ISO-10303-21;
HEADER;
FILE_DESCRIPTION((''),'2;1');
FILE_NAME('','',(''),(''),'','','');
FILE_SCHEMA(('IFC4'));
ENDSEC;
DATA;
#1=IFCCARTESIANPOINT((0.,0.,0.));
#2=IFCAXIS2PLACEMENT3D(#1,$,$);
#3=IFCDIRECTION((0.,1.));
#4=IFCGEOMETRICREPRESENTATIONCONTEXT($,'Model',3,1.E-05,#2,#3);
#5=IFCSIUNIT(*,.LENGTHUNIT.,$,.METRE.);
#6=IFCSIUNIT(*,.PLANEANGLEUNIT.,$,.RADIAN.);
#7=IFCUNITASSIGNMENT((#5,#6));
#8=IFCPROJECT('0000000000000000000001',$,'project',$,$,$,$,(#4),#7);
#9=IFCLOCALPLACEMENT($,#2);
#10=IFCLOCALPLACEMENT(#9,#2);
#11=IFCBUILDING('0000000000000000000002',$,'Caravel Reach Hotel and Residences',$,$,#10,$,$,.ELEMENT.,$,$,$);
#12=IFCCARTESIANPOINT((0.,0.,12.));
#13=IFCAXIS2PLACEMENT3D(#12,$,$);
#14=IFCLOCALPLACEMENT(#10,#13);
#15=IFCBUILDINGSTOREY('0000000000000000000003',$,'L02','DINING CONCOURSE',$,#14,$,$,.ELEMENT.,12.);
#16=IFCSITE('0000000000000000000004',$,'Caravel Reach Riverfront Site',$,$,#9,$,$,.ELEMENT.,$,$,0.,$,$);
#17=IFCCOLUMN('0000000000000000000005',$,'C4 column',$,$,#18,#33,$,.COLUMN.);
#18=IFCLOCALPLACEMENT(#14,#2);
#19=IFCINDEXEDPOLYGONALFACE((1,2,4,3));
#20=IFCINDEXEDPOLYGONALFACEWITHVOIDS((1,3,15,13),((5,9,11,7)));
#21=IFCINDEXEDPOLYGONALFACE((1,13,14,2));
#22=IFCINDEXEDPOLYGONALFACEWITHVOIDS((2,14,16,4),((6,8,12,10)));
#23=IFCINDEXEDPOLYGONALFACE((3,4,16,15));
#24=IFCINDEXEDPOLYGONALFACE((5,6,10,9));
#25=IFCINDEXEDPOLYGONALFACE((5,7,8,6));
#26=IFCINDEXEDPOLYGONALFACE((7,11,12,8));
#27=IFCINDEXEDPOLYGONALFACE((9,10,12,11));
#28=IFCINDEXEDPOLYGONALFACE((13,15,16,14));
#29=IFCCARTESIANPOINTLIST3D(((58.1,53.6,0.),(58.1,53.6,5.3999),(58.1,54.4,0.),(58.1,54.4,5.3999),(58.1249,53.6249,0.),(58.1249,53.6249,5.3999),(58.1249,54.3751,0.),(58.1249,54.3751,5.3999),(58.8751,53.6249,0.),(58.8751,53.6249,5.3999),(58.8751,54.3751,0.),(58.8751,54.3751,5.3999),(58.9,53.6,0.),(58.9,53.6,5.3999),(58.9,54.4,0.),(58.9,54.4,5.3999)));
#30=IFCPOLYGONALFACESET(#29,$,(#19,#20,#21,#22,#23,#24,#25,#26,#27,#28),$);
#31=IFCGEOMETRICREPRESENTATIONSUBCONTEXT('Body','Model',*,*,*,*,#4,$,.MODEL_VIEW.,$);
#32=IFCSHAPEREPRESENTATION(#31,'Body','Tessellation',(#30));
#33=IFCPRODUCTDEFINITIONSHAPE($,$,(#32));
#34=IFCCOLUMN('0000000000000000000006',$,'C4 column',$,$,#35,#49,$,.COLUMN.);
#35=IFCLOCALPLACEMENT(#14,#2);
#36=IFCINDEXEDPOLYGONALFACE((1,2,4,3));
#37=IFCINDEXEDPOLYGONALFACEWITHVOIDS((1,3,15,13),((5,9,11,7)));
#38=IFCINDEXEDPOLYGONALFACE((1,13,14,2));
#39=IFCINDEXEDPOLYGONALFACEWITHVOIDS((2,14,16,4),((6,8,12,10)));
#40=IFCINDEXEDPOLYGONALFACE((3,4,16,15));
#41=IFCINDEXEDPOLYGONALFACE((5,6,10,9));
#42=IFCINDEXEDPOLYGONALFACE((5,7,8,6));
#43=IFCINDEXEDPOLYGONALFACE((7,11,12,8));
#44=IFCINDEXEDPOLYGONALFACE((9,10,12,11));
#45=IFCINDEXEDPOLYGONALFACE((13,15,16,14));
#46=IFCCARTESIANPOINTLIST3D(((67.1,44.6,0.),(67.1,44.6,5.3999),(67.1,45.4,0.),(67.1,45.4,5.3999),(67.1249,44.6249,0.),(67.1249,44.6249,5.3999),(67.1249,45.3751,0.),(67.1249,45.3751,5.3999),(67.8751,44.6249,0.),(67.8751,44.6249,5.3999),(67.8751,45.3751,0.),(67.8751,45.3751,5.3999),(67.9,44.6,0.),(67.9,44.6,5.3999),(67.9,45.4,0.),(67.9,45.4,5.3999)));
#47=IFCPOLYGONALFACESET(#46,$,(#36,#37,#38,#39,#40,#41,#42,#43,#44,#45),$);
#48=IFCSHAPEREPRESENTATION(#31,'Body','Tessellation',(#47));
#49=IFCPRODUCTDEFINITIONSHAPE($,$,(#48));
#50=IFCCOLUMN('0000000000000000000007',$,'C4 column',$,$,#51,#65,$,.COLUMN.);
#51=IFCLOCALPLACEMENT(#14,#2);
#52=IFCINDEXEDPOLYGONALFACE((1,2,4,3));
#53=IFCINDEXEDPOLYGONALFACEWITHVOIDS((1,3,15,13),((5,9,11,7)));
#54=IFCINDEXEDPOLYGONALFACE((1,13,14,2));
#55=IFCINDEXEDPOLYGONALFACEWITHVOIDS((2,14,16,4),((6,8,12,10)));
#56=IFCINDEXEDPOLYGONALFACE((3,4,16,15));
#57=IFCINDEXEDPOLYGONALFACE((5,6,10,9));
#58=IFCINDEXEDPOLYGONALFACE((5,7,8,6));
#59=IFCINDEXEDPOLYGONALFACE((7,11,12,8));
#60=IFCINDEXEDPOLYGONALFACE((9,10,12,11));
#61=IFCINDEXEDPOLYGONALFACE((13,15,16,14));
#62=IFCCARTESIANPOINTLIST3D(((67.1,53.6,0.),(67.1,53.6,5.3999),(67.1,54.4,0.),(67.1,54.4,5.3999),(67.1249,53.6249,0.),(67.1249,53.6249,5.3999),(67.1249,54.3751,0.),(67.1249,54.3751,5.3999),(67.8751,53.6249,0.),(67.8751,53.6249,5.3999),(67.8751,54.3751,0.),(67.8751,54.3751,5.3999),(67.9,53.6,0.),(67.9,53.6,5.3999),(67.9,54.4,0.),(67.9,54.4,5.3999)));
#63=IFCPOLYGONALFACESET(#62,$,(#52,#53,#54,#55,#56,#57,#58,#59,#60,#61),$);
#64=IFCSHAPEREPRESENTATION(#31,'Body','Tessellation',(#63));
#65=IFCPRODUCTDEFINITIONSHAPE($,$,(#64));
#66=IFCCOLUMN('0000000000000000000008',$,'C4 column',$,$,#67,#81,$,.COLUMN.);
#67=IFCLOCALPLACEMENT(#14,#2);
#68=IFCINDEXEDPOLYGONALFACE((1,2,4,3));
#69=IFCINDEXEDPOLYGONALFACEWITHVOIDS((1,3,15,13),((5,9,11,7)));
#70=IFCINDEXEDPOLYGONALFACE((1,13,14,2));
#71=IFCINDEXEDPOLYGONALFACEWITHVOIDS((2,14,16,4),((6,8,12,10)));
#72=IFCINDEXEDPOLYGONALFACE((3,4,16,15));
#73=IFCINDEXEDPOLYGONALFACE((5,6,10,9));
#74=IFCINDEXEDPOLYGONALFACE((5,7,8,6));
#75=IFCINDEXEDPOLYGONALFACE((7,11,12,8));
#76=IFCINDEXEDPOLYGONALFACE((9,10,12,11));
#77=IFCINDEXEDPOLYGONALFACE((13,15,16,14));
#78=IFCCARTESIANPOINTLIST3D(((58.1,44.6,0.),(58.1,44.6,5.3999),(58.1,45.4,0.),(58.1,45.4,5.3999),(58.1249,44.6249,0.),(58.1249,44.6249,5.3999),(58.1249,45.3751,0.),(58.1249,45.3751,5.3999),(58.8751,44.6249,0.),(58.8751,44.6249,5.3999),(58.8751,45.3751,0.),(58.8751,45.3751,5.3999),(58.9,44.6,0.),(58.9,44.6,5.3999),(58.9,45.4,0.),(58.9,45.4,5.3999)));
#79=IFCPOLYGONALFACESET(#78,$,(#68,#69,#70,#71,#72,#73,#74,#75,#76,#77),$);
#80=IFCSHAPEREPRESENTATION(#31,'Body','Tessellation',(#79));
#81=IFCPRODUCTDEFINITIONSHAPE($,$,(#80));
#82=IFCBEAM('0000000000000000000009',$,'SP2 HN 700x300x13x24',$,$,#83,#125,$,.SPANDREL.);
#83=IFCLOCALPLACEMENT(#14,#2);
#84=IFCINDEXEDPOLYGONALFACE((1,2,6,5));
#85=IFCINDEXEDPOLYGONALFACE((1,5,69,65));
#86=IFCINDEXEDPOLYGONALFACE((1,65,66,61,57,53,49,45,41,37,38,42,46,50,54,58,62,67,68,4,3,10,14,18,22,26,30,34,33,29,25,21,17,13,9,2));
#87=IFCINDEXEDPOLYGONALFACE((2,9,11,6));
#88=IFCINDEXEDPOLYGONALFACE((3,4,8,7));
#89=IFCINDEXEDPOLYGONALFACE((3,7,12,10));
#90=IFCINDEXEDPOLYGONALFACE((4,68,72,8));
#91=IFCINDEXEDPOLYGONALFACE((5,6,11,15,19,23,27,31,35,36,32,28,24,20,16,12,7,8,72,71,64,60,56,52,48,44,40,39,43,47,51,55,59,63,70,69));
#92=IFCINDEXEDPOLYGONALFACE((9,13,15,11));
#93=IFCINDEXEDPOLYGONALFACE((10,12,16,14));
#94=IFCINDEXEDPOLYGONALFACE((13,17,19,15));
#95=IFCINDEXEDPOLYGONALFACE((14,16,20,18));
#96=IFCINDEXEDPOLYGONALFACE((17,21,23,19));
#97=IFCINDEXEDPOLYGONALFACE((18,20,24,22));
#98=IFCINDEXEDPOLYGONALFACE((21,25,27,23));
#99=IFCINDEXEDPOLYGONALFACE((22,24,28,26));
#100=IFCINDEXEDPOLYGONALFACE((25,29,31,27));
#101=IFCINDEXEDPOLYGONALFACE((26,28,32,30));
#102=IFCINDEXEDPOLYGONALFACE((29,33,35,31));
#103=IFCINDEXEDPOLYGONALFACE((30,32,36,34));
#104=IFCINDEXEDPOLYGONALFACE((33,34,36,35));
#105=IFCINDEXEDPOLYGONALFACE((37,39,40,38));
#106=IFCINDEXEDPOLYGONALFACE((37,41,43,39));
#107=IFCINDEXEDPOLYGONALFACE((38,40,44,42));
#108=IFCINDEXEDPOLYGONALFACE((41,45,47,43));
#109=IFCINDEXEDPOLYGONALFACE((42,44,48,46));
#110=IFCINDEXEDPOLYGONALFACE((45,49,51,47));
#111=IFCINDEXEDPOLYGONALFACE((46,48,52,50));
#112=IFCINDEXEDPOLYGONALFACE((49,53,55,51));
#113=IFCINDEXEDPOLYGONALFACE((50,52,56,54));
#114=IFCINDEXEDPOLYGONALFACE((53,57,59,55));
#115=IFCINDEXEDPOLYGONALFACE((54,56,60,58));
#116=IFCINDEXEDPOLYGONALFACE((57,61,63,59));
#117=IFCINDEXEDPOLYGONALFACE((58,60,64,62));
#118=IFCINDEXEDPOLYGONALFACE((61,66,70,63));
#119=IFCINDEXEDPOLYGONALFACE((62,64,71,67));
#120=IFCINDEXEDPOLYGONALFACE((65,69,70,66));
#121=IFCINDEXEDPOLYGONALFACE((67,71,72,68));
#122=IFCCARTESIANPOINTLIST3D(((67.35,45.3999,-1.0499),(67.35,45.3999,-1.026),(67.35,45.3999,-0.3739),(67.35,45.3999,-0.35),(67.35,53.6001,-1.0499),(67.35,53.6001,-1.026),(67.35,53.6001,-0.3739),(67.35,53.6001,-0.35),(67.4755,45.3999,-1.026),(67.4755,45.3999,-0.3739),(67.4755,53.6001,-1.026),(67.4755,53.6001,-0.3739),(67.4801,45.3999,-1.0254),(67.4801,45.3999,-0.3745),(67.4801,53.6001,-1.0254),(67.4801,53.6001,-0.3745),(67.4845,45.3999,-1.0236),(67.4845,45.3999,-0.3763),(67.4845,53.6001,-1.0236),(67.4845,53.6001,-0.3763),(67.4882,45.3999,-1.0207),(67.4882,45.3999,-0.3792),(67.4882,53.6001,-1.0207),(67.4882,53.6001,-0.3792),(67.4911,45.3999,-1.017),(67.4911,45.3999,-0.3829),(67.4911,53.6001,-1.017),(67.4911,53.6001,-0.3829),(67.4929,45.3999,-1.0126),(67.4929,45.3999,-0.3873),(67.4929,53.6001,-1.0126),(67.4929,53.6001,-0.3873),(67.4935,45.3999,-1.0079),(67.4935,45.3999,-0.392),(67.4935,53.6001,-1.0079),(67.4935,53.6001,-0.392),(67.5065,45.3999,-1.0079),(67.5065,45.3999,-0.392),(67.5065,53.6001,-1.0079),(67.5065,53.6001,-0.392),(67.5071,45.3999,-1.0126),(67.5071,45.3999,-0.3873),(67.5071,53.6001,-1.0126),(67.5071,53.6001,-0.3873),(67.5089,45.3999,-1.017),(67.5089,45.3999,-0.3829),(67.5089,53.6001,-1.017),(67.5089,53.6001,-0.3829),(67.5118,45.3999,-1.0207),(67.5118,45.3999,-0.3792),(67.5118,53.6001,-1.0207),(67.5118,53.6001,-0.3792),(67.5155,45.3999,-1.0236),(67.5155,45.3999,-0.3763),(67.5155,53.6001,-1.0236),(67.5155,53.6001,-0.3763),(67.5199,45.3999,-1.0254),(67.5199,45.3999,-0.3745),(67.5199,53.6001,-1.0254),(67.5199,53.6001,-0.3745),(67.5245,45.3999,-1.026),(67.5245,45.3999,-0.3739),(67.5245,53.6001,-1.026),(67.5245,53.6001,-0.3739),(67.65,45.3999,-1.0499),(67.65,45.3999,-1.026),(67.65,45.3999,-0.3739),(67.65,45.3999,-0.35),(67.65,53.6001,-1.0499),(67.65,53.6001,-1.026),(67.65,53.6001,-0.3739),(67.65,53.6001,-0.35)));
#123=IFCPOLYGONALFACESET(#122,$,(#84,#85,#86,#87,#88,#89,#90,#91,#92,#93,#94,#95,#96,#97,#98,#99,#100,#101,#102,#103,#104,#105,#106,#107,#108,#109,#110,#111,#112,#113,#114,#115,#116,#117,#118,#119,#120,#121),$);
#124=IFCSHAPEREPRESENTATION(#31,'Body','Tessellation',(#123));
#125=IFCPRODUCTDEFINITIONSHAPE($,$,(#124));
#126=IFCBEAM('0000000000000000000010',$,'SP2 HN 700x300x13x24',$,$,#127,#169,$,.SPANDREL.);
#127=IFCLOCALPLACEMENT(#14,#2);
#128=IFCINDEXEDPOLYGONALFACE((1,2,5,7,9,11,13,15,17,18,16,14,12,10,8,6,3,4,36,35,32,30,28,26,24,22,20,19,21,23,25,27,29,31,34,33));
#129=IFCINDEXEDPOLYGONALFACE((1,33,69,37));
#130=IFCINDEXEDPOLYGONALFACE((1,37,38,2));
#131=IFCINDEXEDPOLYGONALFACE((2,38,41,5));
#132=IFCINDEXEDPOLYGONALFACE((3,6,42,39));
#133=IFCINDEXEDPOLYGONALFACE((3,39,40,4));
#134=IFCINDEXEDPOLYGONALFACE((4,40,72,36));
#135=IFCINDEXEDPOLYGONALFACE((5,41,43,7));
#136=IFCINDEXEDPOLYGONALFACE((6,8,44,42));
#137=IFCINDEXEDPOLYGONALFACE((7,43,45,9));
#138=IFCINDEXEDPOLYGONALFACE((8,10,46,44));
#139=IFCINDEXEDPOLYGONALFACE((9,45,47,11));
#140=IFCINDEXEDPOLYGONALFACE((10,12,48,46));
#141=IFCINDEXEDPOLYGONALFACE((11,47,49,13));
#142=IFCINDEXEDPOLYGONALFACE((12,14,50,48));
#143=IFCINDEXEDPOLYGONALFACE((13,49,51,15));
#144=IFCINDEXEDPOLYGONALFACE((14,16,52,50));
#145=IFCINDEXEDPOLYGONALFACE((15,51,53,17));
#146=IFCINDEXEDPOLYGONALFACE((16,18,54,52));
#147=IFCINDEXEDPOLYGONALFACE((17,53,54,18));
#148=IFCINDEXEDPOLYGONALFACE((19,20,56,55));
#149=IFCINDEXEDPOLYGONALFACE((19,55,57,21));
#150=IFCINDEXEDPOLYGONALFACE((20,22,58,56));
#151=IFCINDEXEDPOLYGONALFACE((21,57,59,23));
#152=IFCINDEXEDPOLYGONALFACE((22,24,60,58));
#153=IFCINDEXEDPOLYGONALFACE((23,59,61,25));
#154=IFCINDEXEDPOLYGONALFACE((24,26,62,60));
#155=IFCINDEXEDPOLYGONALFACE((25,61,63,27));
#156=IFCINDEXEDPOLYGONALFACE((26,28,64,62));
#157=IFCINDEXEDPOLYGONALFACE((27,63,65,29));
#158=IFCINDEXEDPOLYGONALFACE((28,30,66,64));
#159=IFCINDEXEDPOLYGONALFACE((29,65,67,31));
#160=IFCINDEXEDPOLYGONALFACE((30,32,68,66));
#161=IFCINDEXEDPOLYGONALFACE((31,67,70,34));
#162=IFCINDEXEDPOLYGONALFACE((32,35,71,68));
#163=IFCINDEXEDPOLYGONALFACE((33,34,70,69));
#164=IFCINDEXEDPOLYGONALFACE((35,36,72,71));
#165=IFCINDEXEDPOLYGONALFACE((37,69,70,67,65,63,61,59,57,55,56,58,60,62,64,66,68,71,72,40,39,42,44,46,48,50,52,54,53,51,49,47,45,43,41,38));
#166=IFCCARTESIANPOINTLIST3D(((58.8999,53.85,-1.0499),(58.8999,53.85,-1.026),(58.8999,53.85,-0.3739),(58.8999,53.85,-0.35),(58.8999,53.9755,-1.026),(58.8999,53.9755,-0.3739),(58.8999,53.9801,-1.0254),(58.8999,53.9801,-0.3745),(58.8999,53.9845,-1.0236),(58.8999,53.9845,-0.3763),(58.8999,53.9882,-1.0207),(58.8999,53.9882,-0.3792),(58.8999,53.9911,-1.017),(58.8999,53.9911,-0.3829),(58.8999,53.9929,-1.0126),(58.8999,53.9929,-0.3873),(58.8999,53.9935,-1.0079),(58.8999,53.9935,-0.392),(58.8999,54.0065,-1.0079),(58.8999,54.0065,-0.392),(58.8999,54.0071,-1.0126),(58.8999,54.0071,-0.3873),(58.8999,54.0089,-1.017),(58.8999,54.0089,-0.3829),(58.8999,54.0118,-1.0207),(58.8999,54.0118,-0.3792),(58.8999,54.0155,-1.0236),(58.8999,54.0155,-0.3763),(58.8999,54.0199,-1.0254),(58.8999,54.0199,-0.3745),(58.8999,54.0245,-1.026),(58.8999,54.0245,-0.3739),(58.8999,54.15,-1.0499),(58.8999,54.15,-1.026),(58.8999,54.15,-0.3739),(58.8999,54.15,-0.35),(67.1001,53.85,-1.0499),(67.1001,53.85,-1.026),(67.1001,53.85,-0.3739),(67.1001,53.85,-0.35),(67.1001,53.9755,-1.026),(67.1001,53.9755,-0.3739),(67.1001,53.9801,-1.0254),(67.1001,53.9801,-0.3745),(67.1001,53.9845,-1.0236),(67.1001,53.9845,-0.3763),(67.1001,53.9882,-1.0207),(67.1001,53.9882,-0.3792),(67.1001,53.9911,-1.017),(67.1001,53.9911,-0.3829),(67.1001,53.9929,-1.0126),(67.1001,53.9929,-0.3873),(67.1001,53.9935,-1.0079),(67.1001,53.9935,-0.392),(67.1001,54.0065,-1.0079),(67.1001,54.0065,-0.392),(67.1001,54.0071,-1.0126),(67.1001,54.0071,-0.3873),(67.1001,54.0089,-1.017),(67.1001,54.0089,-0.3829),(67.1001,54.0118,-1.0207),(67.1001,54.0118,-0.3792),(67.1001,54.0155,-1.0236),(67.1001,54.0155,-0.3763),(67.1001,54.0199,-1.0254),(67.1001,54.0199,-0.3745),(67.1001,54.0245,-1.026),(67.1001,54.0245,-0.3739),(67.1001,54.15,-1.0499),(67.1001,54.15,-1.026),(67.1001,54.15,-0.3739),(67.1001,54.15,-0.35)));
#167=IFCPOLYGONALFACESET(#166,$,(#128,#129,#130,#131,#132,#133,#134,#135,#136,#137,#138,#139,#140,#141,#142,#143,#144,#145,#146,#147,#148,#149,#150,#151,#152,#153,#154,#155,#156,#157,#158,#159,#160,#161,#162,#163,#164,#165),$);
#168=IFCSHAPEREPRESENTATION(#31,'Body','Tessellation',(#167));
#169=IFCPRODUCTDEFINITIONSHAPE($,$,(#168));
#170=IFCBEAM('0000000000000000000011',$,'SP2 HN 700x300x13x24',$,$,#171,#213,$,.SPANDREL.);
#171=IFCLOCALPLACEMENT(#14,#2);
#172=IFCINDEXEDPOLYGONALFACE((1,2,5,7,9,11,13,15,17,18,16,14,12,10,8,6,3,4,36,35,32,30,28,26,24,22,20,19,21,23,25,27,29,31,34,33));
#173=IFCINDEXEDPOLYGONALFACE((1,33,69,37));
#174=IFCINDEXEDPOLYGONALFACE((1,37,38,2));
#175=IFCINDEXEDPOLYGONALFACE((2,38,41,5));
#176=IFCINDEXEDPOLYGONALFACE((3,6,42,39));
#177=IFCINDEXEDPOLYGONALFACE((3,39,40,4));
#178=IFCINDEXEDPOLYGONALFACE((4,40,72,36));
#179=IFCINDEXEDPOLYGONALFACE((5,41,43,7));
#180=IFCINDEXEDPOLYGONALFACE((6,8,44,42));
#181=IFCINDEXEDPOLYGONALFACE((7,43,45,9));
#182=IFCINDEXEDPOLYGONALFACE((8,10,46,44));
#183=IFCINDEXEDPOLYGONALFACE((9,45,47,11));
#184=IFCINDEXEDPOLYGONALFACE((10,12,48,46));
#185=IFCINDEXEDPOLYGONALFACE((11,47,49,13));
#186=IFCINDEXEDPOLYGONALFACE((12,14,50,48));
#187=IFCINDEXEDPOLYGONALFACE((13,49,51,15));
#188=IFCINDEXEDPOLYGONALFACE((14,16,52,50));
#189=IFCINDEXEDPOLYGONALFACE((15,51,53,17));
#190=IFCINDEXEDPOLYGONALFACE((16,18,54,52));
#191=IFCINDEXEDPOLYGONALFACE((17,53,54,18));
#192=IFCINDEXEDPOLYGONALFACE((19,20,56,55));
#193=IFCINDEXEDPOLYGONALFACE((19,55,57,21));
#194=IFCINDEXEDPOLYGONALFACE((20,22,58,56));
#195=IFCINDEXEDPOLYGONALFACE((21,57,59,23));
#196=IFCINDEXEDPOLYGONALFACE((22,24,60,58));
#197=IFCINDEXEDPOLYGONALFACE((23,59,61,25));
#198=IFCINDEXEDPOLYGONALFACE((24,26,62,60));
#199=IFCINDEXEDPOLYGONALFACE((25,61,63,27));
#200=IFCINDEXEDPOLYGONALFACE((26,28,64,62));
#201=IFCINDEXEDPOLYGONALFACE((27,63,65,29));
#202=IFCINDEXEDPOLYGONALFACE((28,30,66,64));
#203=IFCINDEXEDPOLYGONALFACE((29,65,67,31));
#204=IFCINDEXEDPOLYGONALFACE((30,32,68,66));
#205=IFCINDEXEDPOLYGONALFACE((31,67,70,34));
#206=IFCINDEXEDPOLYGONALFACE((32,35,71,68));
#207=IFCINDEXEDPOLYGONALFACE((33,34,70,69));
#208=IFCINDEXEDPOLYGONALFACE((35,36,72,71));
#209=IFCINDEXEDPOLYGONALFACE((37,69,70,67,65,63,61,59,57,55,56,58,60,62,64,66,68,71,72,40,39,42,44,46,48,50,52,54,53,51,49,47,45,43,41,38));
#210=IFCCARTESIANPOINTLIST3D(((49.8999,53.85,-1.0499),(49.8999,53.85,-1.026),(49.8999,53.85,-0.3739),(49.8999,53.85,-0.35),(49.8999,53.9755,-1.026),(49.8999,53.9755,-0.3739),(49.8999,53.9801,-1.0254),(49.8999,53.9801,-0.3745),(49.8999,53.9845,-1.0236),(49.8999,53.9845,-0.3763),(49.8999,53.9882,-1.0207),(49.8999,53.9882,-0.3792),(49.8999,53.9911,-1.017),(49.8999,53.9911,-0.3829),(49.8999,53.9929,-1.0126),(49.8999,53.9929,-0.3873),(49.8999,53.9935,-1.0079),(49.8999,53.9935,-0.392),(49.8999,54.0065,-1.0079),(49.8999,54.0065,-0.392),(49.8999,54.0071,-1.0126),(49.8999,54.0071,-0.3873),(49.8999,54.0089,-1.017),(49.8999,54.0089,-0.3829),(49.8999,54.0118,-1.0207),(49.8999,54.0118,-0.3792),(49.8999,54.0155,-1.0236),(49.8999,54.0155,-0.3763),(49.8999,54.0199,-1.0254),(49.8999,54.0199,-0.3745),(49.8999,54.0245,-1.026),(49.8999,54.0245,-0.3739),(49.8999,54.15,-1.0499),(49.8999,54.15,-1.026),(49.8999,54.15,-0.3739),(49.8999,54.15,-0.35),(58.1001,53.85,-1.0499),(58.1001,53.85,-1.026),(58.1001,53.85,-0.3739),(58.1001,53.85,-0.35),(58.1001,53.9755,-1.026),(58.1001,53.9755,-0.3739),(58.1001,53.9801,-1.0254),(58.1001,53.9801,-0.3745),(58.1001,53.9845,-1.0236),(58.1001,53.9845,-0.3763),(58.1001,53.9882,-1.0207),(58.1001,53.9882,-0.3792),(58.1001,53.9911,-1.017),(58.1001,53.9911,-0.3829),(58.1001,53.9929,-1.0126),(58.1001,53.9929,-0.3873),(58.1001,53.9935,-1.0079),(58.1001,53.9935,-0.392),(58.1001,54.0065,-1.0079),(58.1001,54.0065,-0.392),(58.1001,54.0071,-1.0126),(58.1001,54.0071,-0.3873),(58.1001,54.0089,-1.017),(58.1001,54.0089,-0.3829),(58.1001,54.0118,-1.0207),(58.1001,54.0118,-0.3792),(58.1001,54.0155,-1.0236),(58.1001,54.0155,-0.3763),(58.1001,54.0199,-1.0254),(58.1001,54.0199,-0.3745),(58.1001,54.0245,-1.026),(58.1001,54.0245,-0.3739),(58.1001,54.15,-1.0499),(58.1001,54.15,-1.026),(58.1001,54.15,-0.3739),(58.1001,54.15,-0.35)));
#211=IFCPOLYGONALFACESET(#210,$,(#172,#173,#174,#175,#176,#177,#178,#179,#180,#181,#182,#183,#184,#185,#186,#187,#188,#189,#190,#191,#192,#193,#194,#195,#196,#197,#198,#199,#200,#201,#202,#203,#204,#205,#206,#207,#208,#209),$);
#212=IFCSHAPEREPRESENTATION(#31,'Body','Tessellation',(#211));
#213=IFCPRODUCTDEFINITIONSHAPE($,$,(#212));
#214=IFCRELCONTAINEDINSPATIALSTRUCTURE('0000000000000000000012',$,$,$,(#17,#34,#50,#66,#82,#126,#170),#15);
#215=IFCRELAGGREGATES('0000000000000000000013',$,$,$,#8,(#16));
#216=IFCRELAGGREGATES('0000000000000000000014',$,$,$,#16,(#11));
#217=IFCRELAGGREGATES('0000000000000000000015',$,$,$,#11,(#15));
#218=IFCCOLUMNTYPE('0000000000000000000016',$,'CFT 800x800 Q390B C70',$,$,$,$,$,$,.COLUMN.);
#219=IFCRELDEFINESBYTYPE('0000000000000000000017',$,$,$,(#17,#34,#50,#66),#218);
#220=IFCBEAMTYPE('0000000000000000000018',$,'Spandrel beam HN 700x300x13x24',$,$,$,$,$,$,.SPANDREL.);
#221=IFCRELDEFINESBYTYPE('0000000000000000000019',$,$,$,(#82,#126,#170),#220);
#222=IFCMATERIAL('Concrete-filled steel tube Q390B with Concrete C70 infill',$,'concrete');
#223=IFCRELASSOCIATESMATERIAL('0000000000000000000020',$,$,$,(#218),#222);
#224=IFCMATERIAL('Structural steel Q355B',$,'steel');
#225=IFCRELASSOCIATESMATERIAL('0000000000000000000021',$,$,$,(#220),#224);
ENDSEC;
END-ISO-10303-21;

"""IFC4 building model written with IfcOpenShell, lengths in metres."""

from ifc_helpers import new_model, si_unit, direction, frame, origin, origin_2d, place, context, subcontext, project, spatial, hollow_rectangle, i_section, extrude, material, material_profile, profile_set, type_object, element, save


model = new_model("IFC4")

# Units and contexts
model_context = context("Model", 3, precision=1e-05, world=origin(), true_north=direction((0.0, 1.0)))
body_context = subcontext(model_context, "Body", "Model", "MODEL_VIEW")
ifc_project = project(units=[si_unit("LENGTHUNIT", "METRE"), si_unit("PLANEANGLEUNIT", "RADIAN")], contexts=[model_context])

# Site, building, storey
site_placement = place(None, origin())
site = spatial("IfcSite", under=ifc_project, at=site_placement, Name="Caravel Reach Riverfront Site", CompositionType="ELEMENT", RefElevation=0.0)
building_placement = place(site_placement, origin())
building = spatial("IfcBuilding", under=site, at=building_placement, Name="Caravel Reach Hotel and Residences", CompositionType="ELEMENT")
storey_placement = place(building_placement, frame((0.0, 0.0, 12.0)))
storey = spatial("IfcBuildingStorey", under=building, at=storey_placement, Name="L02", Description="DINING CONCOURSE", CompositionType="ELEMENT", Elevation=12.0)

# Columns
ifc_material_1 = material(Name="Concrete-filled steel tube Q390B with Concrete C70 infill", Category="concrete")
ifc_material_profile_1 = material_profile(ifc_material_1, hollow_rectangle(XDim=0.8, YDim=0.8, WallThickness=0.0249, at=origin_2d()), Name="RHS 800x800x25")
ifc_profile_set_1 = profile_set([ifc_material_profile_1], Name="Concrete-filled steel tube Q390B with Concrete C70 infill")
column_type = type_object("IfcColumnType", Name="CFT 800x800 Q390B C70", PredefinedType="COLUMN", material=ifc_profile_set_1)
for number, where, z_axis, x_axis, name in (
    (1, (58.5, 54.0, 0.0), (0.0, 0.0, 1.0), (1.0, 0.0, 0.0), "C4 column"),
    (2, (67.5, 45.0, 0.0), (0.0, 0.0, 1.0), (1.0, 0.0, 0.0), "C4 column"),
    (3, (67.5, 54.0, 0.0), (0.0, 0.0, 1.0), (1.0, 0.0, 0.0), "C4 column"),
    (4, (58.5, 45.0, 0.0), (0.0, 0.0, 1.0), (1.0, 0.0, 0.0), "C4 column"),
):
    element("IfcColumn", number, at=place(storey_placement, frame(where, z_axis=z_axis, x_axis=x_axis)), inside=storey, type_object=column_type, Name=name, PredefinedType="COLUMN", context=body_context, shape_type="SweptSolid", body=[
        extrude(hollow_rectangle(XDim=0.8, YDim=0.8, WallThickness=0.0249, at=origin_2d()), origin(), (0.0, 0.0, 1.0), 5.3999),
    ])

# Beams
ifc_material_2 = material(Name="Structural steel Q355B", Category="steel")
ifc_material_profile_2 = material_profile(ifc_material_2, i_section(OverallWidth=0.3, OverallDepth=0.7, WebThickness=0.0129, FlangeThickness=0.0239, FilletRadius=0.0181, at=origin_2d()), Name="HN 700x300x13x24")
ifc_profile_set_2 = profile_set([ifc_material_profile_2], Name="Structural steel Q355B")
beam_type = type_object("IfcBeamType", Name="Spandrel beam HN 700x300x13x24", PredefinedType="SPANDREL", material=ifc_profile_set_2)
for number, where, z_axis, x_axis, name in (
    (5, (67.5, 45.3999, -0.7), (0.0, 1.0, 0.0), (-1.0, 0.0, 0.0), "SP2 HN 700x300x13x24"),
    (6, (67.1001, 54.0, -0.7), (-1.0, 0.0, 0.0), (0.0, -1.0, 0.0), "SP2 HN 700x300x13x24"),
    (7, (58.1001, 54.0, -0.7), (-1.0, 0.0, 0.0), (0.0, -1.0, 0.0), "SP2 HN 700x300x13x24"),
):
    element("IfcBeam", number, at=place(storey_placement, frame(where, z_axis=z_axis, x_axis=x_axis)), inside=storey, type_object=beam_type, Name=name, PredefinedType="SPANDREL", context=body_context, shape_type="SweptSolid", body=[
        extrude(i_section(OverallWidth=0.3, OverallDepth=0.7, WebThickness=0.0129, FlangeThickness=0.0239, FilletRadius=0.0181, at=origin_2d()), origin(), (0.0, 0.0, 1.0), 8.2002),
    ])

save(model, "model.ifc")
